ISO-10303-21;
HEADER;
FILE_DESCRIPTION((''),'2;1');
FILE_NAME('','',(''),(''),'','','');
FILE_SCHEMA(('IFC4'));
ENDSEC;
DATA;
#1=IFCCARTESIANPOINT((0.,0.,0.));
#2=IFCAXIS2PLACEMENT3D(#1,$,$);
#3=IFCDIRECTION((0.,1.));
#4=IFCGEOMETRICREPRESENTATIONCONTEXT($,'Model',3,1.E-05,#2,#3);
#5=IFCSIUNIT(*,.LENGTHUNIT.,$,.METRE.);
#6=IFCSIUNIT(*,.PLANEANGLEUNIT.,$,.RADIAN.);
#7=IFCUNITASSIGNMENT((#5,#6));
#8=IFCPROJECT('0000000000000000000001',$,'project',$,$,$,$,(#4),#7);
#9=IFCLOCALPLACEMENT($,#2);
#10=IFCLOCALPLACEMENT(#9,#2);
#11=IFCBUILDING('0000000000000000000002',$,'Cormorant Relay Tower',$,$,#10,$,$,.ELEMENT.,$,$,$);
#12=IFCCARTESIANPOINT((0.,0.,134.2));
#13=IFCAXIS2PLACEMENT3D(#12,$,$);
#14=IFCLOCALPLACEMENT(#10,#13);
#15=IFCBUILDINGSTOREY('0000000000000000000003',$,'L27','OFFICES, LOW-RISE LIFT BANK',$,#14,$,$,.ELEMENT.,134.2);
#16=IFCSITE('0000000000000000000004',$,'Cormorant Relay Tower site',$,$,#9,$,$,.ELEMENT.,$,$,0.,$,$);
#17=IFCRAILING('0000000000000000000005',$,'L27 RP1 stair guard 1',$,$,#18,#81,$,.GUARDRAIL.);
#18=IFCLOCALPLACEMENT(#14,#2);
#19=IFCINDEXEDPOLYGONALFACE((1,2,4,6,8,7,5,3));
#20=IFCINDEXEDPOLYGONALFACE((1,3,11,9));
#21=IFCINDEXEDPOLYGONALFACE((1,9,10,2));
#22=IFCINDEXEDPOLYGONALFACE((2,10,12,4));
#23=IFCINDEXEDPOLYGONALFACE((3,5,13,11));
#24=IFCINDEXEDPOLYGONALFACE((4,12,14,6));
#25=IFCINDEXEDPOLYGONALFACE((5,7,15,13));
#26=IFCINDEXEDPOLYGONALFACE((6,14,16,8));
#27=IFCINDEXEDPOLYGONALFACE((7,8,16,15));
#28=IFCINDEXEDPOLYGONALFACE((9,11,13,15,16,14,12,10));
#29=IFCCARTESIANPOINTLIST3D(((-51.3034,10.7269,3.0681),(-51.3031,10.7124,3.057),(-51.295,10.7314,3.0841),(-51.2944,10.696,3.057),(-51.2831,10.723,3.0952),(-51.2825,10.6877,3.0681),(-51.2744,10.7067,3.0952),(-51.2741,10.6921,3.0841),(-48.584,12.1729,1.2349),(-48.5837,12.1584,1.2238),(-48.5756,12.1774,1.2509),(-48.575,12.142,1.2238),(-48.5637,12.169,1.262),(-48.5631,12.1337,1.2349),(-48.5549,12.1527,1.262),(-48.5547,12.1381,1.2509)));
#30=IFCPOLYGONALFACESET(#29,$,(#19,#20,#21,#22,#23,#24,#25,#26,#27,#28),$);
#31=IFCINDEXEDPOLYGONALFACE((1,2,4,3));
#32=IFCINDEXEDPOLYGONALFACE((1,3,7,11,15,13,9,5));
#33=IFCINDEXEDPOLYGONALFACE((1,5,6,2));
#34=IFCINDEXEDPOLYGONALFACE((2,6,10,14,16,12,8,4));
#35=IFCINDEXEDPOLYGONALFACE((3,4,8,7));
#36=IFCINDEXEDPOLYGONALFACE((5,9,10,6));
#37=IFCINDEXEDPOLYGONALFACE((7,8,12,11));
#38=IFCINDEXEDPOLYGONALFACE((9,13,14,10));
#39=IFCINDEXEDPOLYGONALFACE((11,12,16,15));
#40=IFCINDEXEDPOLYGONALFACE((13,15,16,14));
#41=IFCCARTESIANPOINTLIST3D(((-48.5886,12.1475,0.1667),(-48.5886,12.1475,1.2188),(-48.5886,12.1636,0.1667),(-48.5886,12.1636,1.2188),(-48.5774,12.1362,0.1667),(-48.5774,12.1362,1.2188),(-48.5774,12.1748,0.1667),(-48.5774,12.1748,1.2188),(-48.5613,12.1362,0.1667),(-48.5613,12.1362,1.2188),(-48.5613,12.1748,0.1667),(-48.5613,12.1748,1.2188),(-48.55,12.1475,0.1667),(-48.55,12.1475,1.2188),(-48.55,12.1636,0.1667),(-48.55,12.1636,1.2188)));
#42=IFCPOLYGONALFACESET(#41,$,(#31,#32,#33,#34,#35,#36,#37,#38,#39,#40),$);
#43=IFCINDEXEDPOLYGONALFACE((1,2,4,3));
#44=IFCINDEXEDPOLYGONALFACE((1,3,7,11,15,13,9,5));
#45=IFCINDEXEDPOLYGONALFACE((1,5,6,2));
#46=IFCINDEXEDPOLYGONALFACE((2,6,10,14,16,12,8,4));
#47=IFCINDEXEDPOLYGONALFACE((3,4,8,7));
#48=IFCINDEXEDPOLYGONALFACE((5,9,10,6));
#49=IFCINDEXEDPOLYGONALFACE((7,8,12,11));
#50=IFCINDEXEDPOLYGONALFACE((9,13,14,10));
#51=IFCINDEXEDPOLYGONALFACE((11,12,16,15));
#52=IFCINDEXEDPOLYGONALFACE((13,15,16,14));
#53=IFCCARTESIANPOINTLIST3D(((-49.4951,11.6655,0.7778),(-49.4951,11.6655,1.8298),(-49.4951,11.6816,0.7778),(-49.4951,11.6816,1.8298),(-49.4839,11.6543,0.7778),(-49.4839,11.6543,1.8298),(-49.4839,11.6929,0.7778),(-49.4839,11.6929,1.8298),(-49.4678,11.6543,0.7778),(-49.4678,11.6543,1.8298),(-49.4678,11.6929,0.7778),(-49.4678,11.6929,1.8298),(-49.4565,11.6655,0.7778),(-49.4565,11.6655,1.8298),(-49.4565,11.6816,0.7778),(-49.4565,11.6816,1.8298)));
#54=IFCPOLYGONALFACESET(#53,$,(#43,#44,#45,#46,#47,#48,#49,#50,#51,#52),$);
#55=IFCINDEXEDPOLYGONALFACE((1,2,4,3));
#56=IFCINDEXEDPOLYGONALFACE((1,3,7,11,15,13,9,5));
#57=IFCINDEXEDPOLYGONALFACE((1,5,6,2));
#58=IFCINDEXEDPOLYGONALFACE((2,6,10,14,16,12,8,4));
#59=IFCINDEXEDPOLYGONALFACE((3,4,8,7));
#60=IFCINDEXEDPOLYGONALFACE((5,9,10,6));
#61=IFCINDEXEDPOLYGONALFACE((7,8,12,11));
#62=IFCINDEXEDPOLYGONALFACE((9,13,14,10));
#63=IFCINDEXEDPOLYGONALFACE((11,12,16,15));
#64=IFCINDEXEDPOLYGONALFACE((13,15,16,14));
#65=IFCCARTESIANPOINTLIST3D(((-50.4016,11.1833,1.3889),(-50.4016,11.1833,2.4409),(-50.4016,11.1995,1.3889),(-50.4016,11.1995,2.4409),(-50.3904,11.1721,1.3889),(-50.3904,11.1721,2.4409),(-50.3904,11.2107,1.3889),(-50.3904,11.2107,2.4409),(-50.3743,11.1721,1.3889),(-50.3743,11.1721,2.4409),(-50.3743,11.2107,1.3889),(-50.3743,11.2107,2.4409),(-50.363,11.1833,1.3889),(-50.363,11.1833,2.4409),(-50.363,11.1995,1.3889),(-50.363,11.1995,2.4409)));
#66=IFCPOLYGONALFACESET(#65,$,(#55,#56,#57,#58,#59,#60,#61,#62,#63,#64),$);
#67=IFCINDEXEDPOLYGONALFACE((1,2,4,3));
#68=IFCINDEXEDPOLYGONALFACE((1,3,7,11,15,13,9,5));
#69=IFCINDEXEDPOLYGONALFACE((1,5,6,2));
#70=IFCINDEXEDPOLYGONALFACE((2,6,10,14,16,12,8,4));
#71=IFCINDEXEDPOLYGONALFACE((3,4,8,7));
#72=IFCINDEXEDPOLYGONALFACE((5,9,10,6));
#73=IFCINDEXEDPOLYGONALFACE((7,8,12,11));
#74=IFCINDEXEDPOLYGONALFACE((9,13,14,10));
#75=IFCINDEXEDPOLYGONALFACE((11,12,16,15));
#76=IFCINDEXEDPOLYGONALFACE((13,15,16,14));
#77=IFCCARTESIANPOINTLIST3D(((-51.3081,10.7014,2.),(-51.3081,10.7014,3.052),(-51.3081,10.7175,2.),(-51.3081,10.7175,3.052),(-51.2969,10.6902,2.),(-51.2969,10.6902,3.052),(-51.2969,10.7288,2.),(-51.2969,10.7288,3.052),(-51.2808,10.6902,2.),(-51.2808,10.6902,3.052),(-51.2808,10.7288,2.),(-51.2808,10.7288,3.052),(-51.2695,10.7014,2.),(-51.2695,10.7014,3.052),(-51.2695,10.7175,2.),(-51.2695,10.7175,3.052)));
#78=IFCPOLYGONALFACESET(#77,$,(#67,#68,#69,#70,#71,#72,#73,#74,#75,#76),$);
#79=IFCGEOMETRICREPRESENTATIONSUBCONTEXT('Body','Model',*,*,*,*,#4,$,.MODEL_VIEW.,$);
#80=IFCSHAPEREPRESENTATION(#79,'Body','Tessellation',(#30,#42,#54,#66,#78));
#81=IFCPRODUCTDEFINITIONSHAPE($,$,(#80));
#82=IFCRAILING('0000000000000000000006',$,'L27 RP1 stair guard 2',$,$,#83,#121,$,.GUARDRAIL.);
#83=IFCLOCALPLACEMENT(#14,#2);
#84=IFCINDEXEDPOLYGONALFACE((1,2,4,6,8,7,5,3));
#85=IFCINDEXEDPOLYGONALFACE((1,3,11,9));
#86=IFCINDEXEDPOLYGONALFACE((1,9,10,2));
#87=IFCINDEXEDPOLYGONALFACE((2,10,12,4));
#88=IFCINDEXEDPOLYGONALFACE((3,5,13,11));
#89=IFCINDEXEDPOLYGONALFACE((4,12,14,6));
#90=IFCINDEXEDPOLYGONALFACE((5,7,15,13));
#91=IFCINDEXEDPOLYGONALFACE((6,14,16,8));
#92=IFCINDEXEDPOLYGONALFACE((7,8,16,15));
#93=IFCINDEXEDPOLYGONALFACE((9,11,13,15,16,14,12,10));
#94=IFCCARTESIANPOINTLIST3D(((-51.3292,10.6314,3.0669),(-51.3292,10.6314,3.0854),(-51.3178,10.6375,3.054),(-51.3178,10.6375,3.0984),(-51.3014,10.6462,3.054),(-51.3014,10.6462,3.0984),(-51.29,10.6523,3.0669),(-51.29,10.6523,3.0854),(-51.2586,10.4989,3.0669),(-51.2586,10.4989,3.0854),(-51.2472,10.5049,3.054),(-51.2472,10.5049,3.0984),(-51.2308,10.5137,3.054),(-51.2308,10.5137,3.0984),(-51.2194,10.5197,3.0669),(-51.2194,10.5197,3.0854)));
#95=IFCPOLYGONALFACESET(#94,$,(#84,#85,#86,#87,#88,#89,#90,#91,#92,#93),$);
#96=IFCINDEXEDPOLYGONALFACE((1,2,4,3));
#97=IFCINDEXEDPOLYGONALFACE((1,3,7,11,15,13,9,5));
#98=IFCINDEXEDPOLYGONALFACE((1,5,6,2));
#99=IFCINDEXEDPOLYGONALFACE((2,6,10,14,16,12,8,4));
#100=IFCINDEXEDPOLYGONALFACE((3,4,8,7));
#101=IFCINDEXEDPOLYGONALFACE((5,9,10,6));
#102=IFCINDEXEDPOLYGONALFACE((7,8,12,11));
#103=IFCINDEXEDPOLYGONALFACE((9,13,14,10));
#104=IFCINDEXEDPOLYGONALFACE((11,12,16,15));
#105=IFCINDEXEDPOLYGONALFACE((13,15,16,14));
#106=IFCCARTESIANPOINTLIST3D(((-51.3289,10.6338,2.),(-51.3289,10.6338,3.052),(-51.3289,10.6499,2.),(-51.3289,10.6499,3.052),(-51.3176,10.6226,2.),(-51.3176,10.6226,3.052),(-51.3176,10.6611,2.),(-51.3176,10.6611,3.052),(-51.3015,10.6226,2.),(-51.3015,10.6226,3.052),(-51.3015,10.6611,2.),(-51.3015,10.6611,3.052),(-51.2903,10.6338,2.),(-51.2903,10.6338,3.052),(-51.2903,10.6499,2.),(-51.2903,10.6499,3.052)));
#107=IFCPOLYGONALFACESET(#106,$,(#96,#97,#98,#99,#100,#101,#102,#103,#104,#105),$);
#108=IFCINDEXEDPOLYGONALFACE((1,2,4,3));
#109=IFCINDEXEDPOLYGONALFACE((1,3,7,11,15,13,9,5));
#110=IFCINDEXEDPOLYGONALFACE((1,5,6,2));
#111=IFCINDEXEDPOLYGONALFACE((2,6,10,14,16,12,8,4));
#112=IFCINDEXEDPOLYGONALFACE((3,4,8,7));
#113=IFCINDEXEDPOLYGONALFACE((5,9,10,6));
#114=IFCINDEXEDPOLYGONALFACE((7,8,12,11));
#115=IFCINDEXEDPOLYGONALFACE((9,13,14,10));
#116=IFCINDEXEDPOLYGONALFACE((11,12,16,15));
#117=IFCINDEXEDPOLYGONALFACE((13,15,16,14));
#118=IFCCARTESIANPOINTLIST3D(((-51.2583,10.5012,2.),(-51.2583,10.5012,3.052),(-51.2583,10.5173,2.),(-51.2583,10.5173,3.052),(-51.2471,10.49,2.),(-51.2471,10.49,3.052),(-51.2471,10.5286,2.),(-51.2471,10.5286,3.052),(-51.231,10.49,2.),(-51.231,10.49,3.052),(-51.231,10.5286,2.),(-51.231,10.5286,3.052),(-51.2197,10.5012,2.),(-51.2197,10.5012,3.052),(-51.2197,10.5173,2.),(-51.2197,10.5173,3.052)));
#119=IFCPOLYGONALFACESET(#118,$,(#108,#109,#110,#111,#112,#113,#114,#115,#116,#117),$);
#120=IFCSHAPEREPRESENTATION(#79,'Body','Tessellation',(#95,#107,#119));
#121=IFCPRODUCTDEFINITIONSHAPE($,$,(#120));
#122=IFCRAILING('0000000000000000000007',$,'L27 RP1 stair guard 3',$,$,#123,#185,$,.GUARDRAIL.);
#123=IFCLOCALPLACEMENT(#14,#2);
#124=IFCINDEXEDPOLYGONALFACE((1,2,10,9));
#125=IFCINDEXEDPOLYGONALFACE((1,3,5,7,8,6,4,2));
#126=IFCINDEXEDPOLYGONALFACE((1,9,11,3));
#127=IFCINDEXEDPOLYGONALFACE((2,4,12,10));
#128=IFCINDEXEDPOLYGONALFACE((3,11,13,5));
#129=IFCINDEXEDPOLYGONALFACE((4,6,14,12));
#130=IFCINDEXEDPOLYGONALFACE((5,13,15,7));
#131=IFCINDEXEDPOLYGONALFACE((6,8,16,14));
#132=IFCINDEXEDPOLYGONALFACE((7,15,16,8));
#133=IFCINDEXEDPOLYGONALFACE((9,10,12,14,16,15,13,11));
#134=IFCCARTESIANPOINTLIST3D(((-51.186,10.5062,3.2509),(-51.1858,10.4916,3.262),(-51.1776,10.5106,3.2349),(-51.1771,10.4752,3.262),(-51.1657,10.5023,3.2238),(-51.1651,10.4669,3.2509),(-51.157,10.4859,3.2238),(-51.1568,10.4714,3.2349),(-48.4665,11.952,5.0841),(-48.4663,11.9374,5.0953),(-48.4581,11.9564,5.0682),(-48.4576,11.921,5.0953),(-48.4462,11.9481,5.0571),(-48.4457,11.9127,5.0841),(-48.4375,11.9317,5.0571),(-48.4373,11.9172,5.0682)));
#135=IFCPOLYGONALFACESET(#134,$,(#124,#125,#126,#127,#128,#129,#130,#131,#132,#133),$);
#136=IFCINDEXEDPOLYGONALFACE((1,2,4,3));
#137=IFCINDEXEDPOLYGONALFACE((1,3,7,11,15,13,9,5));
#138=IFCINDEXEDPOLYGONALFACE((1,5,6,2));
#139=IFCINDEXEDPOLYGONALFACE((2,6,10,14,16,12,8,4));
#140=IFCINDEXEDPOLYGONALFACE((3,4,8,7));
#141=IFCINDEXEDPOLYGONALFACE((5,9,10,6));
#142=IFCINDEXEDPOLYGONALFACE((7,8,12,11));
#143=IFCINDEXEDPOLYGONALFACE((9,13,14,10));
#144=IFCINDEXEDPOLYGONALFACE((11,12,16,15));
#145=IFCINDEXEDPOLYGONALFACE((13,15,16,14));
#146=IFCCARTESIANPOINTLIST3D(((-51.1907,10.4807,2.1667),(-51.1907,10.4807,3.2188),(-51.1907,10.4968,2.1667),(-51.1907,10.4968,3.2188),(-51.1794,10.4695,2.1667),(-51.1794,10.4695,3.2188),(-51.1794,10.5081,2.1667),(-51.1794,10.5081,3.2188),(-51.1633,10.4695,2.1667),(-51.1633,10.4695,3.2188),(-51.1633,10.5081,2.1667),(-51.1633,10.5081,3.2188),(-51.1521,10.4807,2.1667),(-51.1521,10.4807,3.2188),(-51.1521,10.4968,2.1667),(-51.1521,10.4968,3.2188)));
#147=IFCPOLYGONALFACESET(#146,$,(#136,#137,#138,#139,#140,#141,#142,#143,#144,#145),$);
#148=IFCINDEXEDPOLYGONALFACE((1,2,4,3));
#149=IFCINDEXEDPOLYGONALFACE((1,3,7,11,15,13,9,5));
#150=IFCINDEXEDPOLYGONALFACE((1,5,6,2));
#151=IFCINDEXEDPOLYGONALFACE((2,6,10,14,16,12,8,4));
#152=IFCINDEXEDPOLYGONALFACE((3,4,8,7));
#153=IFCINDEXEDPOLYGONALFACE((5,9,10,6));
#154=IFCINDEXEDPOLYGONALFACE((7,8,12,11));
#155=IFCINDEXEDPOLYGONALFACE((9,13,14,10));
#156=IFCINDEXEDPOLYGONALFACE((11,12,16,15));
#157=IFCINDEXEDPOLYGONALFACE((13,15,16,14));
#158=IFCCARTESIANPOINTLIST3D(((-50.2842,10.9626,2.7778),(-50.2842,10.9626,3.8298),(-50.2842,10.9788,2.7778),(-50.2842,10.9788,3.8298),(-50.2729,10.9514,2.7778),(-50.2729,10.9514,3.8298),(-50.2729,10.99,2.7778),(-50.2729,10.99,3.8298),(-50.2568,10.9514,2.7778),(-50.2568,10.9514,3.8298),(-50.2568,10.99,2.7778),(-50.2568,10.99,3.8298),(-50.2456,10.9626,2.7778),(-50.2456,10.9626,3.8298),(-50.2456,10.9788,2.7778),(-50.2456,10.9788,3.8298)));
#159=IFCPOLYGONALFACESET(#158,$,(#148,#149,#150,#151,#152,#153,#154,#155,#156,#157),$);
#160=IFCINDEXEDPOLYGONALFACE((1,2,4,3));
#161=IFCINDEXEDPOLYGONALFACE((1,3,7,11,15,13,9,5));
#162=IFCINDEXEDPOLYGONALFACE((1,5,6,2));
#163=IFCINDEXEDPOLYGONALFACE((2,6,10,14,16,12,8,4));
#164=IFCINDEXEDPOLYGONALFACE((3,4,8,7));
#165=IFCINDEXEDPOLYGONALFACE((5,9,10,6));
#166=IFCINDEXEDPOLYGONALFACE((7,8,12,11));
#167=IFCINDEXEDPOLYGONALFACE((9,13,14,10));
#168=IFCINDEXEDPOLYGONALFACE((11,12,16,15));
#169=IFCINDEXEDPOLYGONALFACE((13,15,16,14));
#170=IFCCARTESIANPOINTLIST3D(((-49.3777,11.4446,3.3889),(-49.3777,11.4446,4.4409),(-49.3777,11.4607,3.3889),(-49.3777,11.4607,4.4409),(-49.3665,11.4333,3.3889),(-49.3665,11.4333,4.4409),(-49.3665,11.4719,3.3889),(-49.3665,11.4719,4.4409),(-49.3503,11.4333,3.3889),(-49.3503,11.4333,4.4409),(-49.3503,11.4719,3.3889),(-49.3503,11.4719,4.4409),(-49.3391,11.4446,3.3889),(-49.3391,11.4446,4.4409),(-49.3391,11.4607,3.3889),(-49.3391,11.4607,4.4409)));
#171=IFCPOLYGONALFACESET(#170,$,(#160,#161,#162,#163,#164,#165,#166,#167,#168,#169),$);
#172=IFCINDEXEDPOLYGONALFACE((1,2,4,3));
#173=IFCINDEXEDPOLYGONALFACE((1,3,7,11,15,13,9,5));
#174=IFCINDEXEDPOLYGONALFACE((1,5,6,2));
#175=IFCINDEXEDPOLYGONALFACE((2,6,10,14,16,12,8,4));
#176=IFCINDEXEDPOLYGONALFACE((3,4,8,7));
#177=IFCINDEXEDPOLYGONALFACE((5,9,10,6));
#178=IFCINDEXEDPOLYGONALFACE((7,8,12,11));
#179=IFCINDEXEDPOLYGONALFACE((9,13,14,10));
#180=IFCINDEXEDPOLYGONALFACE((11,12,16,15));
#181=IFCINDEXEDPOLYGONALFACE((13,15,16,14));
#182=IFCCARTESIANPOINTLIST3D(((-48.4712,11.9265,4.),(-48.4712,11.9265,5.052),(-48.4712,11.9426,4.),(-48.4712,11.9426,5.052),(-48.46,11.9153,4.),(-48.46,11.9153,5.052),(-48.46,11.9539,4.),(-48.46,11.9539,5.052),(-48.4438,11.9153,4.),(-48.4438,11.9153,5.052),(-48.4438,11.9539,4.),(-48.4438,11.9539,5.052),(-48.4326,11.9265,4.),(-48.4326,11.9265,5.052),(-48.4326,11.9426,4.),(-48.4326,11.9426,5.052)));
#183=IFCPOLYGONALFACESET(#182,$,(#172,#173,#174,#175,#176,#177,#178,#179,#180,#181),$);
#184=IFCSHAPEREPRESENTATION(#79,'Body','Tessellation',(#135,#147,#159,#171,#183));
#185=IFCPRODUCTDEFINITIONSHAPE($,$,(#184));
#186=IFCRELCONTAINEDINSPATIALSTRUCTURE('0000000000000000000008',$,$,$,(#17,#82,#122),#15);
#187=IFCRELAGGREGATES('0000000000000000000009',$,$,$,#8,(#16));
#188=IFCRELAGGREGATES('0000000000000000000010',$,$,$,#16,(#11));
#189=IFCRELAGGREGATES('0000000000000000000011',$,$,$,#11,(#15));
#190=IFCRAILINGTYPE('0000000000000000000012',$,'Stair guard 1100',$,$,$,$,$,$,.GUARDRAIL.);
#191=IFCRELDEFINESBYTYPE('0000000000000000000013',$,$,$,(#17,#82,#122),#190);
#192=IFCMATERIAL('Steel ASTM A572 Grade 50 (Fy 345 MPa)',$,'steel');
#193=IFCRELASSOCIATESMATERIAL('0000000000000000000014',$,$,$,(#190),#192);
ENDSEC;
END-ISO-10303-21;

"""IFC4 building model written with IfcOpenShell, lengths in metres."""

from ifc_helpers import new_model, si_unit, direction, frame, origin, place, context, subcontext, project, spatial, polyline, outline, extrude, material, type_object, element, save


model = new_model("IFC4")

# Units and contexts
model_context = context("Model", 3, precision=1e-05, world=origin(), true_north=direction((0.0, 1.0)))
body_context = subcontext(model_context, "Body", "Model", "MODEL_VIEW")
ifc_project = project(units=[si_unit("LENGTHUNIT", "METRE"), si_unit("PLANEANGLEUNIT", "RADIAN")], contexts=[model_context])

# Site, building, storey
site_placement = place(None, origin())
site = spatial("IfcSite", under=ifc_project, at=site_placement, Name="Cormorant Relay Tower site", CompositionType="ELEMENT", RefElevation=0.0)
building_placement = place(site_placement, origin())
building = spatial("IfcBuilding", under=site, at=building_placement, Name="Cormorant Relay Tower", CompositionType="ELEMENT")
storey_placement = place(building_placement, frame((0.0, 0.0, 134.2)))
storey = spatial("IfcBuildingStorey", under=building, at=storey_placement, Name="L27", Description="OFFICES, LOW-RISE LIFT BANK", CompositionType="ELEMENT", Elevation=134.2)

# Railings
ifc_material_1 = material(Name="Steel ASTM A572 Grade 50 (Fy 345 MPa)", Category="steel")
railing_type_1 = type_object("IfcRailingType", Name="Stair guard 1100", PredefinedType="GUARDRAIL", material=ifc_material_1)
railing_1_placement = place(storey_placement, frame((-48.5693, 12.1555, 0.1667)))
element("IfcRailing", 1, at=railing_1_placement, inside=storey, type_object=railing_type_1, Name="L27 RP1 stair guard 1", PredefinedType="GUARDRAIL", context=body_context, shape_type="SweptSolid", body=[
    extrude(outline(polyline([(0.0222, 0.0093), (0.0093, 0.0222), (-0.0093, 0.0222), (-0.0222, 0.0093), (-0.0222, -0.0093), (-0.0093, -0.0222), (0.0093, -0.0222), (0.0222, -0.0093), (0.0222, 0.0093)])), frame((0.0, 0.0, 1.0762), z_axis=(-0.758714, -0.403435, 0.511463), x_axis=(0.469489, -0.882938, 0.0)), (0.0, 0.0, 1.0), 3.5842),
    extrude(outline(polyline([(0.0193, 0.0081), (0.0081, 0.0193), (-0.0081, 0.0193), (-0.0193, 0.0081), (-0.0193, -0.0081), (-0.0081, -0.0193), (0.0081, -0.0193), (0.0193, -0.0081), (0.0193, 0.0081)])), origin(), (0.0, 0.0, 1.0), 1.052),
    extrude(outline(polyline([(0.0193, 0.0081), (0.0081, 0.0193), (-0.0081, 0.0193), (-0.0193, 0.0081), (-0.0193, -0.0081), (-0.0081, -0.0193), (0.0081, -0.0193), (0.0193, -0.0081), (0.0193, 0.0081)])), frame((-0.9065, -0.4819, 0.6111)), (0.0, 0.0, 1.0), 1.052),
    extrude(outline(polyline([(0.0193, 0.0081), (0.0081, 0.0193), (-0.0081, 0.0193), (-0.0193, 0.0081), (-0.0193, -0.0081), (-0.0081, -0.0193), (0.0081, -0.0193), (0.0193, -0.0081), (0.0193, 0.0081)])), frame((-1.813, -0.9641, 1.2222)), (0.0, 0.0, 1.0), 1.052),
    extrude(outline(polyline([(0.0193, 0.0081), (0.0081, 0.0193), (-0.0081, 0.0193), (-0.0193, 0.0081), (-0.0193, -0.0081), (-0.0081, -0.0193), (0.0081, -0.0193), (0.0193, -0.0081), (0.0193, 0.0081)])), frame((-2.7195, -1.446, 1.8333)), (0.0, 0.0, 1.0), 1.052),
])
railing_2_placement = place(storey_placement, frame((-51.3096, 10.6418, 2.0)))
element("IfcRailing", 2, at=railing_2_placement, inside=storey, type_object=railing_type_1, Name="L27 RP1 stair guard 2", PredefinedType="GUARDRAIL", context=body_context, shape_type="SweptSolid", body=[
    extrude(outline(polyline([(0.0222, 0.0093), (0.0093, 0.0222), (-0.0093, 0.0222), (-0.0222, 0.0093), (-0.0222, -0.0093), (-0.0093, -0.0222), (0.0093, -0.0222), (0.0222, -0.0093), (0.0222, 0.0093)])), frame((0.0, 0.0, 1.0762), z_axis=(0.469829, -0.882758, 0.0), x_axis=(0.882758, 0.469829, 0.0)), (0.0, 0.0, 1.0), 0.1501),
    extrude(outline(polyline([(0.0193, 0.0081), (0.0081, 0.0193), (-0.0081, 0.0193), (-0.0193, 0.0081), (-0.0193, -0.0081), (-0.0081, -0.0193), (0.0081, -0.0193), (0.0193, -0.0081), (0.0193, 0.0081)])), origin(), (0.0, 0.0, 1.0), 1.052),
    extrude(outline(polyline([(0.0193, 0.0081), (0.0081, 0.0193), (-0.0081, 0.0193), (-0.0193, 0.0081), (-0.0193, -0.0081), (-0.0081, -0.0193), (0.0081, -0.0193), (0.0193, -0.0081), (0.0193, 0.0081)])), frame((0.0706, -0.1326, 0.0)), (0.0, 0.0, 1.0), 1.052),
])
railing_3_placement = place(storey_placement, frame((-51.1714, 10.4888, 2.1667)))
element("IfcRailing", 3, at=railing_3_placement, inside=storey, type_object=railing_type_1, Name="L27 RP1 stair guard 3", PredefinedType="GUARDRAIL", context=body_context, shape_type="SweptSolid", body=[
    extrude(outline(polyline([(0.0222, 0.0093), (0.0093, 0.0222), (-0.0093, 0.0222), (-0.0222, 0.0093), (-0.0222, -0.0093), (-0.0093, -0.0222), (0.0093, -0.0222), (0.0222, -0.0093), (0.0222, 0.0093)])), frame((0.0, 0.0, 1.0762), z_axis=(0.758735, 0.403378, 0.511477), x_axis=(-0.469428, 0.882971, 0.0)), (0.0, 0.0, 1.0), 3.5842),
    extrude(outline(polyline([(0.0193, 0.0081), (0.0081, 0.0193), (-0.0081, 0.0193), (-0.0193, 0.0081), (-0.0193, -0.0081), (-0.0081, -0.0193), (0.0081, -0.0193), (0.0193, -0.0081), (0.0193, 0.0081)])), origin(), (0.0, 0.0, 1.0), 1.052),
    extrude(outline(polyline([(0.0193, 0.0081), (0.0081, 0.0193), (-0.0081, 0.0193), (-0.0193, 0.0081), (-0.0193, -0.0081), (-0.0081, -0.0193), (0.0081, -0.0193), (0.0193, -0.0081), (0.0193, 0.0081)])), frame((0.9065, 0.4819, 0.6111)), (0.0, 0.0, 1.0), 1.052),
    extrude(outline(polyline([(0.0193, 0.0081), (0.0081, 0.0193), (-0.0081, 0.0193), (-0.0193, 0.0081), (-0.0193, -0.0081), (-0.0081, -0.0193), (0.0081, -0.0193), (0.0193, -0.0081), (0.0193, 0.0081)])), frame((1.813, 0.9639, 1.2222)), (0.0, 0.0, 1.0), 1.052),
    extrude(outline(polyline([(0.0193, 0.0081), (0.0081, 0.0193), (-0.0081, 0.0193), (-0.0193, 0.0081), (-0.0193, -0.0081), (-0.0081, -0.0193), (0.0081, -0.0193), (0.0193, -0.0081), (0.0193, 0.0081)])), frame((2.7195, 1.4458, 1.8333)), (0.0, 0.0, 1.0), 1.052),
])

save(model, "model.ifc")
